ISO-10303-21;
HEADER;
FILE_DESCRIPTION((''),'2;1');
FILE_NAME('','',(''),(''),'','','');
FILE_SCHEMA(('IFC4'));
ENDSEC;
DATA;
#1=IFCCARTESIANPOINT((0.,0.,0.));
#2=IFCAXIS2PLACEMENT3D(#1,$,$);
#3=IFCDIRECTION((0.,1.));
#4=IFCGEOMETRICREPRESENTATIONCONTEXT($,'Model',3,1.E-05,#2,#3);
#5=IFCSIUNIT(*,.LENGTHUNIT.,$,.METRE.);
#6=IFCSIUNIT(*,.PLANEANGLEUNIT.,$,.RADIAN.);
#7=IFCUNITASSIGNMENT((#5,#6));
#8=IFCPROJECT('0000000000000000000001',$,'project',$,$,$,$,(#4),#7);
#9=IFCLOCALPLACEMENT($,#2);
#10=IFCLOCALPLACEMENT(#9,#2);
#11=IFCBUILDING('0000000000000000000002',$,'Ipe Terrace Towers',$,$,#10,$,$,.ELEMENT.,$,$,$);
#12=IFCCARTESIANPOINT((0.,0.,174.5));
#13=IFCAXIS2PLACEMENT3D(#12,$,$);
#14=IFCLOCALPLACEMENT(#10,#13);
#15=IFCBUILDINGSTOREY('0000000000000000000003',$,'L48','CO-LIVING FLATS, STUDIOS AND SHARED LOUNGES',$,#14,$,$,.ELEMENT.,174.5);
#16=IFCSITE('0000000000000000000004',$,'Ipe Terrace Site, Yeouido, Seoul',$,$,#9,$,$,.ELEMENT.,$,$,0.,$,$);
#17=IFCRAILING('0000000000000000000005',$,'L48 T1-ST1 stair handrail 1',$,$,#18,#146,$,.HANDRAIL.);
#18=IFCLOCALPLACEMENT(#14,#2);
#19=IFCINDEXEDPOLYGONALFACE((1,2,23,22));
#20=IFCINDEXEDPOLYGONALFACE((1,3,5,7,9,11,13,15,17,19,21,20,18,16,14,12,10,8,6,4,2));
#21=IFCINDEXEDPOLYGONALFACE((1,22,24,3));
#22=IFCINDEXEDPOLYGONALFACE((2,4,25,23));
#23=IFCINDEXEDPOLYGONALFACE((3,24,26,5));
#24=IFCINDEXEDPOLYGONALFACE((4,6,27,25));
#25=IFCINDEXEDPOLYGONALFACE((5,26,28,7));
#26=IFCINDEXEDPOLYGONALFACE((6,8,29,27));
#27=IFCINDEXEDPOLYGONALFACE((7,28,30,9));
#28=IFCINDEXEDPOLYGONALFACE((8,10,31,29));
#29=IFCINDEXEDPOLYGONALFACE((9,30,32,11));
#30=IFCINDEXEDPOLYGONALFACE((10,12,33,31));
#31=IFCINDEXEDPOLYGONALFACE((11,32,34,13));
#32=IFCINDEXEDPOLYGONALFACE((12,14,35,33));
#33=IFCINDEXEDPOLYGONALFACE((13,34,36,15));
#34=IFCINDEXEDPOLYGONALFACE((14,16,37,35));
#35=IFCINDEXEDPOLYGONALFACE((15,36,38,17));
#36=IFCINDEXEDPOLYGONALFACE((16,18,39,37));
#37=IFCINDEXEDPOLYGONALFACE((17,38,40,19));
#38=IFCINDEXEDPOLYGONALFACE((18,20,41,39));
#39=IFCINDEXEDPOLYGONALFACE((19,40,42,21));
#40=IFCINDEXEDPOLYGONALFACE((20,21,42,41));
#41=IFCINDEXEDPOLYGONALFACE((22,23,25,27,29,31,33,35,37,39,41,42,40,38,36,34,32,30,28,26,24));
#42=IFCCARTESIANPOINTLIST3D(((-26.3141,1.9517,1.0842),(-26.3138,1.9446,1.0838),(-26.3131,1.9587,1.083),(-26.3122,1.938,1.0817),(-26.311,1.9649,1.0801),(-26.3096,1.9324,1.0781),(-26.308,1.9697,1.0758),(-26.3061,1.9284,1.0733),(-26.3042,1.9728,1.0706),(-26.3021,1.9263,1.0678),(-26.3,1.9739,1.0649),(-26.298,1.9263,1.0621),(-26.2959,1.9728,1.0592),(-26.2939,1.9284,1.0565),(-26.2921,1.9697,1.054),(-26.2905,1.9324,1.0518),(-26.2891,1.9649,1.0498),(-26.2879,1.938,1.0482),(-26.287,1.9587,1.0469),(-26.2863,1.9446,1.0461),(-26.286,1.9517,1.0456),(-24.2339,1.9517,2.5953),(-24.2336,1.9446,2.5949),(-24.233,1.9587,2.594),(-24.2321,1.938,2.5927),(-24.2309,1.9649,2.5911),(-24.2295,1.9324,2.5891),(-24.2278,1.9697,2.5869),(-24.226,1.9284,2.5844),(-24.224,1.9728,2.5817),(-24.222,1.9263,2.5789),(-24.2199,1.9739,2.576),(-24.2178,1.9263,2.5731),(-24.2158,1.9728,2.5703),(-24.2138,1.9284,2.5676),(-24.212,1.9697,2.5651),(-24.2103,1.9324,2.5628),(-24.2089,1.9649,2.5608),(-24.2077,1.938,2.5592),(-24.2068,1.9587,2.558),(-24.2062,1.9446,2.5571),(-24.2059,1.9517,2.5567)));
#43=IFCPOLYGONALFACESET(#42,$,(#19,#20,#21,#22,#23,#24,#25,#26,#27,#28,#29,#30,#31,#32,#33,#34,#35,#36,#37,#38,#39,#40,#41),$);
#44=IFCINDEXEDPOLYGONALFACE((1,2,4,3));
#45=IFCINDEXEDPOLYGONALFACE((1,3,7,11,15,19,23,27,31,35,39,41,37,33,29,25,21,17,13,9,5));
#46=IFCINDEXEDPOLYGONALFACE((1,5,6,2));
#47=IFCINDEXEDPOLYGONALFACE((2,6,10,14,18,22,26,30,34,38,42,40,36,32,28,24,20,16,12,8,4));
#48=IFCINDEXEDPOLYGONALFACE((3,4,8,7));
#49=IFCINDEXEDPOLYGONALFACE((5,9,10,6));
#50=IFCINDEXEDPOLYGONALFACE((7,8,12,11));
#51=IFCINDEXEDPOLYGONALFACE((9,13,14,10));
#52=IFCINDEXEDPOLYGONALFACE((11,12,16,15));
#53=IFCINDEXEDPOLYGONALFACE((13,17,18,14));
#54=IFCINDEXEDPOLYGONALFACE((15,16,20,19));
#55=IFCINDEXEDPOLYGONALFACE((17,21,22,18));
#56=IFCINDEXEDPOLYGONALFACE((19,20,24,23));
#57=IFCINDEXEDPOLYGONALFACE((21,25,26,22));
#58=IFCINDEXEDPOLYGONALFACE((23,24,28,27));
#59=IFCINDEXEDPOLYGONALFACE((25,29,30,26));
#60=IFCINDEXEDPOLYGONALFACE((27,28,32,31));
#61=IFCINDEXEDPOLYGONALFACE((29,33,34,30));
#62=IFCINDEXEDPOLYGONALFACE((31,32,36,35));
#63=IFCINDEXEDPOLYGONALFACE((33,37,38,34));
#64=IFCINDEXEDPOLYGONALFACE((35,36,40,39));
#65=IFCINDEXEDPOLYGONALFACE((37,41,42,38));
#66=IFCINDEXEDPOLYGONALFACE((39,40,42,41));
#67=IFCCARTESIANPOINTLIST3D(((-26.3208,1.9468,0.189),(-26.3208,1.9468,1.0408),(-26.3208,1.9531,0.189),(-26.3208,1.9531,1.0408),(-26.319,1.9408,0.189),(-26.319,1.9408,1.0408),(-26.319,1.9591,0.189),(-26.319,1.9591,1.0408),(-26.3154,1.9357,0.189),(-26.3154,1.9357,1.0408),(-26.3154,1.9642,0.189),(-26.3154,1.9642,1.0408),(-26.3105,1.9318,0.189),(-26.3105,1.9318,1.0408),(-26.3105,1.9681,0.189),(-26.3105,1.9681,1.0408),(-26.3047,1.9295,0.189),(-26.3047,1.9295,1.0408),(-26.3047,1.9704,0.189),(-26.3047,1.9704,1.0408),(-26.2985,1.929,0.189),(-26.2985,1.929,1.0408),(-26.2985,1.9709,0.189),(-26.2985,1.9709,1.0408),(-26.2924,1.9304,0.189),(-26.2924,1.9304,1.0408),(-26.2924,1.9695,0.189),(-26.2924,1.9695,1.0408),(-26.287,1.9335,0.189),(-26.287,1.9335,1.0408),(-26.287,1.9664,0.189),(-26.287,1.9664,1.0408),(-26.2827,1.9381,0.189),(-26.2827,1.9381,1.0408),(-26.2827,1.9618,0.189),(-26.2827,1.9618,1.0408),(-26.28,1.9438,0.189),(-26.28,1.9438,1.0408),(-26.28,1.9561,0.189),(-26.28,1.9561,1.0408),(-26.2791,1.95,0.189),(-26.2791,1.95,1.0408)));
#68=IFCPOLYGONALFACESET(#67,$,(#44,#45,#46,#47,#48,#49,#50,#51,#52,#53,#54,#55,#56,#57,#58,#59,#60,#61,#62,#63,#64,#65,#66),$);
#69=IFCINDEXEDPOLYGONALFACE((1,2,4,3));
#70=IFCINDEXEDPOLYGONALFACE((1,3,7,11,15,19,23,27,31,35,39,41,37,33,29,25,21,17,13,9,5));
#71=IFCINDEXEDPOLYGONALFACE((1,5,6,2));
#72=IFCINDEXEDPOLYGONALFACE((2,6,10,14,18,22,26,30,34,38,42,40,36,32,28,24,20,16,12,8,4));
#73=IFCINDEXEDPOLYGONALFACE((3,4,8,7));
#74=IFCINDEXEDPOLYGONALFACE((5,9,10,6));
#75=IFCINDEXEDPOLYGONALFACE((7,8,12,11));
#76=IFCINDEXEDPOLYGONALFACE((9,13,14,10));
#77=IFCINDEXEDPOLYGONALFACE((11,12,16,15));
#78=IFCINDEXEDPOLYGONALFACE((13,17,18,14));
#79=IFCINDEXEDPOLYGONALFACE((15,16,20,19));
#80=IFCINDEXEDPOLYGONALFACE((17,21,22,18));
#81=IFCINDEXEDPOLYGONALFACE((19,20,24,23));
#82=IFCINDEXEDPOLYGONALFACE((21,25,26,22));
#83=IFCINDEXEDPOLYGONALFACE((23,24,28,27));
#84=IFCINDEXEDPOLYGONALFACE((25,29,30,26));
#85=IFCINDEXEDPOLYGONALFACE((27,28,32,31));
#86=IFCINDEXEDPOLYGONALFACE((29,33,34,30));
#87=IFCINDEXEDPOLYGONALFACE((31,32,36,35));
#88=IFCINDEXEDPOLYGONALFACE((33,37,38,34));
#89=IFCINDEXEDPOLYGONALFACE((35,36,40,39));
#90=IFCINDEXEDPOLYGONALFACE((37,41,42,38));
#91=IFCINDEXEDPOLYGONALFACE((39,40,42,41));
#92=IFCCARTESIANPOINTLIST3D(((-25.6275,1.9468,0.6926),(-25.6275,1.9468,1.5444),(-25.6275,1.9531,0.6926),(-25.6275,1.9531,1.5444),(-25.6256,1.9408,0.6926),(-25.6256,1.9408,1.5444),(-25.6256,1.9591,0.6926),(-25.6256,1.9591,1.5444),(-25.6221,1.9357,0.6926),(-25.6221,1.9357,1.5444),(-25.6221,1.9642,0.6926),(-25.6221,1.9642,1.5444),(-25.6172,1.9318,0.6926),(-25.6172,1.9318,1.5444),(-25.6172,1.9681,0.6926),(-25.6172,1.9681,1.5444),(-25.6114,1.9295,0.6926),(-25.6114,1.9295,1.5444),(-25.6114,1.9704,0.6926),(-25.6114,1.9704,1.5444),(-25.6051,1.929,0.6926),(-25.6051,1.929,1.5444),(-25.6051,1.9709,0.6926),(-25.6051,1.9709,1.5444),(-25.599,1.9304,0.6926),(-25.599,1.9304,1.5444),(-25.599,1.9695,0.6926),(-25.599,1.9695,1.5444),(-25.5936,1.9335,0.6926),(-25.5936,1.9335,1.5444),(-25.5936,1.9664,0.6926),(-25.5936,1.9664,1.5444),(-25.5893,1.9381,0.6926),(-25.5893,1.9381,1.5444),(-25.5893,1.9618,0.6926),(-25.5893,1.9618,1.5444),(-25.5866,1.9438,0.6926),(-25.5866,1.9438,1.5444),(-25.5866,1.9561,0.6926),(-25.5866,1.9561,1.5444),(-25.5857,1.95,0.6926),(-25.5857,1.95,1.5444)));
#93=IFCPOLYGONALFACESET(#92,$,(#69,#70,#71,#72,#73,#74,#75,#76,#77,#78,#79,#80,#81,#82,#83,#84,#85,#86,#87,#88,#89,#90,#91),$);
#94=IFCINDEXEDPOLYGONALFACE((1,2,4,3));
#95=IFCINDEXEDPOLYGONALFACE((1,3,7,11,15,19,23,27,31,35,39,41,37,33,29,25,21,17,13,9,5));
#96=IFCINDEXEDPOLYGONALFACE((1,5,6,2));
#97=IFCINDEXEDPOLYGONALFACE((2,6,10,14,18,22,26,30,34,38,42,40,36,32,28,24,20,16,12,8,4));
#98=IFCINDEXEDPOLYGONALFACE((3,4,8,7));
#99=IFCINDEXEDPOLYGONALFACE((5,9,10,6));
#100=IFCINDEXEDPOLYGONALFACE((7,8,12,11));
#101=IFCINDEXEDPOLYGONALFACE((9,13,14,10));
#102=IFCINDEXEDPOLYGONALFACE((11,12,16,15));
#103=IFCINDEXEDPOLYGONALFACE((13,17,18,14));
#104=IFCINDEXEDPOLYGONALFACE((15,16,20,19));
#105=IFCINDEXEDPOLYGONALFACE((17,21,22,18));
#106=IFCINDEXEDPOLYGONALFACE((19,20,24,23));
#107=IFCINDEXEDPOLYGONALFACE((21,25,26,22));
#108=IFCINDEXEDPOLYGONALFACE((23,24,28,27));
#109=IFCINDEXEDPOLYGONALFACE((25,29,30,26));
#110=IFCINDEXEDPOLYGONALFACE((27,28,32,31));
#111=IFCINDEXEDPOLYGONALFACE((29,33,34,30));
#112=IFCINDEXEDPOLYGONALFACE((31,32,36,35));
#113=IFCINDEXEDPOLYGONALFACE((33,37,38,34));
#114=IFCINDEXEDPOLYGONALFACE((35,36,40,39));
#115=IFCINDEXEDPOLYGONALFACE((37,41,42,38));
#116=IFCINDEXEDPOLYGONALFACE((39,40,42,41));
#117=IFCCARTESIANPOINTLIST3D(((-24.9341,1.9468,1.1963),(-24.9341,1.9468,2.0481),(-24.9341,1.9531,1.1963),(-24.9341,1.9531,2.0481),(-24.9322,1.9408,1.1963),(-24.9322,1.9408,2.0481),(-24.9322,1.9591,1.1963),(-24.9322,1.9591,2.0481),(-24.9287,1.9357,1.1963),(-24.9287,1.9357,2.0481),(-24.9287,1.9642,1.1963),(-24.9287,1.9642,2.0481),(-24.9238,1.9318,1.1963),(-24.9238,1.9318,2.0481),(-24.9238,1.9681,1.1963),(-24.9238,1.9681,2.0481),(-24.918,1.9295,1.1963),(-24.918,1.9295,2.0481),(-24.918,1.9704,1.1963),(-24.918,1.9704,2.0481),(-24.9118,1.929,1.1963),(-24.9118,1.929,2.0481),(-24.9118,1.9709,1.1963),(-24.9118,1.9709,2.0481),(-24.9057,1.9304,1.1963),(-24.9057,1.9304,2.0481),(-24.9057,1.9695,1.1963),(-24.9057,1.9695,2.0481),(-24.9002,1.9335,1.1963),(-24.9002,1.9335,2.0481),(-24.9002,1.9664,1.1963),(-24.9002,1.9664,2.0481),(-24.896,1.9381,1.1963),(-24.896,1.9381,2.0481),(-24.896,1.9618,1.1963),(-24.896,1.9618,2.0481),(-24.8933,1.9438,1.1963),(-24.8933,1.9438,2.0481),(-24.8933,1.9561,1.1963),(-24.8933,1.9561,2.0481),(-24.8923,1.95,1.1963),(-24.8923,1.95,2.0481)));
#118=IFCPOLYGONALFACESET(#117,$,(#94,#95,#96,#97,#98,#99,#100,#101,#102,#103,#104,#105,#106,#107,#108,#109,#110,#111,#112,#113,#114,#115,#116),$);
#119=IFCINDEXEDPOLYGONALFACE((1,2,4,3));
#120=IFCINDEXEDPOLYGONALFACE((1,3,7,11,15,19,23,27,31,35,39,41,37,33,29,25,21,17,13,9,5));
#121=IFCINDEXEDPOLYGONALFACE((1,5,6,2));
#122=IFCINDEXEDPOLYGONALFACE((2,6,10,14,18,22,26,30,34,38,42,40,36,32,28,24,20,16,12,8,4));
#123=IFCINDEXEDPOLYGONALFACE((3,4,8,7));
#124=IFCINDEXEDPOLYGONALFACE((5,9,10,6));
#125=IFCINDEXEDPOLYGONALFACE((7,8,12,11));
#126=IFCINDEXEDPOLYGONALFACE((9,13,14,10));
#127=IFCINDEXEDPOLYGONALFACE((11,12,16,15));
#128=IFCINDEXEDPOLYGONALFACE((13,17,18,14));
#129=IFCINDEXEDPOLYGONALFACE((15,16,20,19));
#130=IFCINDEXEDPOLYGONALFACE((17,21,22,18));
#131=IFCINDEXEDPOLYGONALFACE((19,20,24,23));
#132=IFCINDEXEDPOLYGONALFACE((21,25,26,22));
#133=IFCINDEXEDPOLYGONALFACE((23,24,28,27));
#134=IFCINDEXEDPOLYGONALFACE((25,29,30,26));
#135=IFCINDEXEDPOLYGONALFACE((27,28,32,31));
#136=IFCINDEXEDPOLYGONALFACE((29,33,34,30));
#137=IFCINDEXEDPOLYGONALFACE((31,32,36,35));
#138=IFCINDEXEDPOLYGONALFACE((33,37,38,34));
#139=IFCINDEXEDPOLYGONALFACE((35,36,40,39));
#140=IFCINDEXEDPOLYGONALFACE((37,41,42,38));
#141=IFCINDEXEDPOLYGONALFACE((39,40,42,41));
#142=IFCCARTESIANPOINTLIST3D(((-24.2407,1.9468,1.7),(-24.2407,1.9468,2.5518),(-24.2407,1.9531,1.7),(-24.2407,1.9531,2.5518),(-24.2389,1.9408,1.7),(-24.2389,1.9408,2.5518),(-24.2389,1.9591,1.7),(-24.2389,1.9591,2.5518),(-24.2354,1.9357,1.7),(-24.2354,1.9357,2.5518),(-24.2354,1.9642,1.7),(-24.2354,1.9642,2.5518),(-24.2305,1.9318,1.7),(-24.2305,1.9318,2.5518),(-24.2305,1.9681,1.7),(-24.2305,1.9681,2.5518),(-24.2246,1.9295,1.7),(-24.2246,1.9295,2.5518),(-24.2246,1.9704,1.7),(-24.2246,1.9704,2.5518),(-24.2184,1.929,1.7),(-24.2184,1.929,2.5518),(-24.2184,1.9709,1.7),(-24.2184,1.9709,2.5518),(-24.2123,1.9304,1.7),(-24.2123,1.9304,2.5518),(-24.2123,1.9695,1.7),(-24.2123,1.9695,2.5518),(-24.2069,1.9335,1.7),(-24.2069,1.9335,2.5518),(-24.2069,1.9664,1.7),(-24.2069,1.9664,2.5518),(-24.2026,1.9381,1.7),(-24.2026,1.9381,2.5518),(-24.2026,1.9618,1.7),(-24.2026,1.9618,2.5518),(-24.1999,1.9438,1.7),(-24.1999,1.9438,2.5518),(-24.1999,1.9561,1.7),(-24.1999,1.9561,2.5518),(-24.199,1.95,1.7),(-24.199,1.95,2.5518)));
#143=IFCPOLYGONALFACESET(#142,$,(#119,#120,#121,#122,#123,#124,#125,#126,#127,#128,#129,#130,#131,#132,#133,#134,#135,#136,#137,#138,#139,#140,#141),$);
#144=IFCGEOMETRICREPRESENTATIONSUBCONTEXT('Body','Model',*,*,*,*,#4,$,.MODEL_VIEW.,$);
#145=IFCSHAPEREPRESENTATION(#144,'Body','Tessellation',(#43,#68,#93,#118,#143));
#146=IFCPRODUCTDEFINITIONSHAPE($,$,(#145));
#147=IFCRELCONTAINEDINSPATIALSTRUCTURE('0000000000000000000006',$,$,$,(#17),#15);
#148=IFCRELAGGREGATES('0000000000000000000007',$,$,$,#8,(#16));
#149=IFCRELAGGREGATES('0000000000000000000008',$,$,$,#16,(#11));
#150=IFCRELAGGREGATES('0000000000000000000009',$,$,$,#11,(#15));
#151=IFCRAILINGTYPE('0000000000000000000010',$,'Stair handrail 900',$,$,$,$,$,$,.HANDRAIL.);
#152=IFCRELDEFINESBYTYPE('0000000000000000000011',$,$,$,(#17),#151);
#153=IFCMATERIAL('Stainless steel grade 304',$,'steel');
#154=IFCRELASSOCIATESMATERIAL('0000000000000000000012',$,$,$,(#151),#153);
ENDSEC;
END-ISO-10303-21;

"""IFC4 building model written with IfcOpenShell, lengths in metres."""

from ifc_helpers import new_model, si_unit, direction, frame, origin, origin_2d, place, context, subcontext, project, spatial, circle, extrude, material, type_object, element, save


model = new_model("IFC4")

# Units and contexts
model_context = context("Model", 3, precision=1e-05, world=origin(), true_north=direction((0.0, 1.0)))
body_context = subcontext(model_context, "Body", "Model", "MODEL_VIEW")
ifc_project = project(units=[si_unit("LENGTHUNIT", "METRE"), si_unit("PLANEANGLEUNIT", "RADIAN")], contexts=[model_context])

# Site, building, storey
site_placement = place(None, origin())
site = spatial("IfcSite", under=ifc_project, at=site_placement, Name="Ipe Terrace Site, Yeouido, Seoul", CompositionType="ELEMENT", RefElevation=0.0)
building_placement = place(site_placement, origin())
building = spatial("IfcBuilding", under=site, at=building_placement, Name="Ipe Terrace Towers", CompositionType="ELEMENT")
storey_placement = place(building_placement, frame((0.0, 0.0, 174.5)))
storey = spatial("IfcBuildingStorey", under=building, at=storey_placement, Name="L48", Description="CO-LIVING FLATS, STUDIOS AND SHARED LOUNGES", CompositionType="ELEMENT", Elevation=174.5)

# Railing
ifc_material_1 = material(Name="Stainless steel grade 304", Category="steel")
railing_type_1 = type_object("IfcRailingType", Name="Stair handrail 900", PredefinedType="HANDRAIL", material=ifc_material_1)
railing_1_placement = place(storey_placement, frame((-26.3, 1.95, 0.189)))
element("IfcRailing", 1, at=railing_1_placement, inside=storey, type_object=railing_type_1, Name="L48 T1-ST1 stair handrail 1", PredefinedType="HANDRAIL", context=body_context, shape_type="SweptSolid", body=[
    extrude(circle(Radius=0.0239, at=origin_2d()), frame((0.0, 0.0, 0.876), z_axis=(0.809069, 0.0, 0.587714), x_axis=(0.0, 1.0, 0.0)), (0.0, 0.0, 1.0), 2.571),
    extrude(circle(Radius=0.021, at=origin_2d()), origin(), (0.0, 0.0, 1.0), 0.8518),
    extrude(circle(Radius=0.021, at=origin_2d()), frame((0.6934, 0.0, 0.5037)), (0.0, 0.0, 1.0), 0.8518),
    extrude(circle(Radius=0.021, at=origin_2d()), frame((1.3867, 0.0, 1.0073)), (0.0, 0.0, 1.0), 0.8518),
    extrude(circle(Radius=0.021, at=origin_2d()), frame((2.0801, 0.0, 1.511)), (0.0, 0.0, 1.0), 0.8518),
])

save(model, "model.ifc")
